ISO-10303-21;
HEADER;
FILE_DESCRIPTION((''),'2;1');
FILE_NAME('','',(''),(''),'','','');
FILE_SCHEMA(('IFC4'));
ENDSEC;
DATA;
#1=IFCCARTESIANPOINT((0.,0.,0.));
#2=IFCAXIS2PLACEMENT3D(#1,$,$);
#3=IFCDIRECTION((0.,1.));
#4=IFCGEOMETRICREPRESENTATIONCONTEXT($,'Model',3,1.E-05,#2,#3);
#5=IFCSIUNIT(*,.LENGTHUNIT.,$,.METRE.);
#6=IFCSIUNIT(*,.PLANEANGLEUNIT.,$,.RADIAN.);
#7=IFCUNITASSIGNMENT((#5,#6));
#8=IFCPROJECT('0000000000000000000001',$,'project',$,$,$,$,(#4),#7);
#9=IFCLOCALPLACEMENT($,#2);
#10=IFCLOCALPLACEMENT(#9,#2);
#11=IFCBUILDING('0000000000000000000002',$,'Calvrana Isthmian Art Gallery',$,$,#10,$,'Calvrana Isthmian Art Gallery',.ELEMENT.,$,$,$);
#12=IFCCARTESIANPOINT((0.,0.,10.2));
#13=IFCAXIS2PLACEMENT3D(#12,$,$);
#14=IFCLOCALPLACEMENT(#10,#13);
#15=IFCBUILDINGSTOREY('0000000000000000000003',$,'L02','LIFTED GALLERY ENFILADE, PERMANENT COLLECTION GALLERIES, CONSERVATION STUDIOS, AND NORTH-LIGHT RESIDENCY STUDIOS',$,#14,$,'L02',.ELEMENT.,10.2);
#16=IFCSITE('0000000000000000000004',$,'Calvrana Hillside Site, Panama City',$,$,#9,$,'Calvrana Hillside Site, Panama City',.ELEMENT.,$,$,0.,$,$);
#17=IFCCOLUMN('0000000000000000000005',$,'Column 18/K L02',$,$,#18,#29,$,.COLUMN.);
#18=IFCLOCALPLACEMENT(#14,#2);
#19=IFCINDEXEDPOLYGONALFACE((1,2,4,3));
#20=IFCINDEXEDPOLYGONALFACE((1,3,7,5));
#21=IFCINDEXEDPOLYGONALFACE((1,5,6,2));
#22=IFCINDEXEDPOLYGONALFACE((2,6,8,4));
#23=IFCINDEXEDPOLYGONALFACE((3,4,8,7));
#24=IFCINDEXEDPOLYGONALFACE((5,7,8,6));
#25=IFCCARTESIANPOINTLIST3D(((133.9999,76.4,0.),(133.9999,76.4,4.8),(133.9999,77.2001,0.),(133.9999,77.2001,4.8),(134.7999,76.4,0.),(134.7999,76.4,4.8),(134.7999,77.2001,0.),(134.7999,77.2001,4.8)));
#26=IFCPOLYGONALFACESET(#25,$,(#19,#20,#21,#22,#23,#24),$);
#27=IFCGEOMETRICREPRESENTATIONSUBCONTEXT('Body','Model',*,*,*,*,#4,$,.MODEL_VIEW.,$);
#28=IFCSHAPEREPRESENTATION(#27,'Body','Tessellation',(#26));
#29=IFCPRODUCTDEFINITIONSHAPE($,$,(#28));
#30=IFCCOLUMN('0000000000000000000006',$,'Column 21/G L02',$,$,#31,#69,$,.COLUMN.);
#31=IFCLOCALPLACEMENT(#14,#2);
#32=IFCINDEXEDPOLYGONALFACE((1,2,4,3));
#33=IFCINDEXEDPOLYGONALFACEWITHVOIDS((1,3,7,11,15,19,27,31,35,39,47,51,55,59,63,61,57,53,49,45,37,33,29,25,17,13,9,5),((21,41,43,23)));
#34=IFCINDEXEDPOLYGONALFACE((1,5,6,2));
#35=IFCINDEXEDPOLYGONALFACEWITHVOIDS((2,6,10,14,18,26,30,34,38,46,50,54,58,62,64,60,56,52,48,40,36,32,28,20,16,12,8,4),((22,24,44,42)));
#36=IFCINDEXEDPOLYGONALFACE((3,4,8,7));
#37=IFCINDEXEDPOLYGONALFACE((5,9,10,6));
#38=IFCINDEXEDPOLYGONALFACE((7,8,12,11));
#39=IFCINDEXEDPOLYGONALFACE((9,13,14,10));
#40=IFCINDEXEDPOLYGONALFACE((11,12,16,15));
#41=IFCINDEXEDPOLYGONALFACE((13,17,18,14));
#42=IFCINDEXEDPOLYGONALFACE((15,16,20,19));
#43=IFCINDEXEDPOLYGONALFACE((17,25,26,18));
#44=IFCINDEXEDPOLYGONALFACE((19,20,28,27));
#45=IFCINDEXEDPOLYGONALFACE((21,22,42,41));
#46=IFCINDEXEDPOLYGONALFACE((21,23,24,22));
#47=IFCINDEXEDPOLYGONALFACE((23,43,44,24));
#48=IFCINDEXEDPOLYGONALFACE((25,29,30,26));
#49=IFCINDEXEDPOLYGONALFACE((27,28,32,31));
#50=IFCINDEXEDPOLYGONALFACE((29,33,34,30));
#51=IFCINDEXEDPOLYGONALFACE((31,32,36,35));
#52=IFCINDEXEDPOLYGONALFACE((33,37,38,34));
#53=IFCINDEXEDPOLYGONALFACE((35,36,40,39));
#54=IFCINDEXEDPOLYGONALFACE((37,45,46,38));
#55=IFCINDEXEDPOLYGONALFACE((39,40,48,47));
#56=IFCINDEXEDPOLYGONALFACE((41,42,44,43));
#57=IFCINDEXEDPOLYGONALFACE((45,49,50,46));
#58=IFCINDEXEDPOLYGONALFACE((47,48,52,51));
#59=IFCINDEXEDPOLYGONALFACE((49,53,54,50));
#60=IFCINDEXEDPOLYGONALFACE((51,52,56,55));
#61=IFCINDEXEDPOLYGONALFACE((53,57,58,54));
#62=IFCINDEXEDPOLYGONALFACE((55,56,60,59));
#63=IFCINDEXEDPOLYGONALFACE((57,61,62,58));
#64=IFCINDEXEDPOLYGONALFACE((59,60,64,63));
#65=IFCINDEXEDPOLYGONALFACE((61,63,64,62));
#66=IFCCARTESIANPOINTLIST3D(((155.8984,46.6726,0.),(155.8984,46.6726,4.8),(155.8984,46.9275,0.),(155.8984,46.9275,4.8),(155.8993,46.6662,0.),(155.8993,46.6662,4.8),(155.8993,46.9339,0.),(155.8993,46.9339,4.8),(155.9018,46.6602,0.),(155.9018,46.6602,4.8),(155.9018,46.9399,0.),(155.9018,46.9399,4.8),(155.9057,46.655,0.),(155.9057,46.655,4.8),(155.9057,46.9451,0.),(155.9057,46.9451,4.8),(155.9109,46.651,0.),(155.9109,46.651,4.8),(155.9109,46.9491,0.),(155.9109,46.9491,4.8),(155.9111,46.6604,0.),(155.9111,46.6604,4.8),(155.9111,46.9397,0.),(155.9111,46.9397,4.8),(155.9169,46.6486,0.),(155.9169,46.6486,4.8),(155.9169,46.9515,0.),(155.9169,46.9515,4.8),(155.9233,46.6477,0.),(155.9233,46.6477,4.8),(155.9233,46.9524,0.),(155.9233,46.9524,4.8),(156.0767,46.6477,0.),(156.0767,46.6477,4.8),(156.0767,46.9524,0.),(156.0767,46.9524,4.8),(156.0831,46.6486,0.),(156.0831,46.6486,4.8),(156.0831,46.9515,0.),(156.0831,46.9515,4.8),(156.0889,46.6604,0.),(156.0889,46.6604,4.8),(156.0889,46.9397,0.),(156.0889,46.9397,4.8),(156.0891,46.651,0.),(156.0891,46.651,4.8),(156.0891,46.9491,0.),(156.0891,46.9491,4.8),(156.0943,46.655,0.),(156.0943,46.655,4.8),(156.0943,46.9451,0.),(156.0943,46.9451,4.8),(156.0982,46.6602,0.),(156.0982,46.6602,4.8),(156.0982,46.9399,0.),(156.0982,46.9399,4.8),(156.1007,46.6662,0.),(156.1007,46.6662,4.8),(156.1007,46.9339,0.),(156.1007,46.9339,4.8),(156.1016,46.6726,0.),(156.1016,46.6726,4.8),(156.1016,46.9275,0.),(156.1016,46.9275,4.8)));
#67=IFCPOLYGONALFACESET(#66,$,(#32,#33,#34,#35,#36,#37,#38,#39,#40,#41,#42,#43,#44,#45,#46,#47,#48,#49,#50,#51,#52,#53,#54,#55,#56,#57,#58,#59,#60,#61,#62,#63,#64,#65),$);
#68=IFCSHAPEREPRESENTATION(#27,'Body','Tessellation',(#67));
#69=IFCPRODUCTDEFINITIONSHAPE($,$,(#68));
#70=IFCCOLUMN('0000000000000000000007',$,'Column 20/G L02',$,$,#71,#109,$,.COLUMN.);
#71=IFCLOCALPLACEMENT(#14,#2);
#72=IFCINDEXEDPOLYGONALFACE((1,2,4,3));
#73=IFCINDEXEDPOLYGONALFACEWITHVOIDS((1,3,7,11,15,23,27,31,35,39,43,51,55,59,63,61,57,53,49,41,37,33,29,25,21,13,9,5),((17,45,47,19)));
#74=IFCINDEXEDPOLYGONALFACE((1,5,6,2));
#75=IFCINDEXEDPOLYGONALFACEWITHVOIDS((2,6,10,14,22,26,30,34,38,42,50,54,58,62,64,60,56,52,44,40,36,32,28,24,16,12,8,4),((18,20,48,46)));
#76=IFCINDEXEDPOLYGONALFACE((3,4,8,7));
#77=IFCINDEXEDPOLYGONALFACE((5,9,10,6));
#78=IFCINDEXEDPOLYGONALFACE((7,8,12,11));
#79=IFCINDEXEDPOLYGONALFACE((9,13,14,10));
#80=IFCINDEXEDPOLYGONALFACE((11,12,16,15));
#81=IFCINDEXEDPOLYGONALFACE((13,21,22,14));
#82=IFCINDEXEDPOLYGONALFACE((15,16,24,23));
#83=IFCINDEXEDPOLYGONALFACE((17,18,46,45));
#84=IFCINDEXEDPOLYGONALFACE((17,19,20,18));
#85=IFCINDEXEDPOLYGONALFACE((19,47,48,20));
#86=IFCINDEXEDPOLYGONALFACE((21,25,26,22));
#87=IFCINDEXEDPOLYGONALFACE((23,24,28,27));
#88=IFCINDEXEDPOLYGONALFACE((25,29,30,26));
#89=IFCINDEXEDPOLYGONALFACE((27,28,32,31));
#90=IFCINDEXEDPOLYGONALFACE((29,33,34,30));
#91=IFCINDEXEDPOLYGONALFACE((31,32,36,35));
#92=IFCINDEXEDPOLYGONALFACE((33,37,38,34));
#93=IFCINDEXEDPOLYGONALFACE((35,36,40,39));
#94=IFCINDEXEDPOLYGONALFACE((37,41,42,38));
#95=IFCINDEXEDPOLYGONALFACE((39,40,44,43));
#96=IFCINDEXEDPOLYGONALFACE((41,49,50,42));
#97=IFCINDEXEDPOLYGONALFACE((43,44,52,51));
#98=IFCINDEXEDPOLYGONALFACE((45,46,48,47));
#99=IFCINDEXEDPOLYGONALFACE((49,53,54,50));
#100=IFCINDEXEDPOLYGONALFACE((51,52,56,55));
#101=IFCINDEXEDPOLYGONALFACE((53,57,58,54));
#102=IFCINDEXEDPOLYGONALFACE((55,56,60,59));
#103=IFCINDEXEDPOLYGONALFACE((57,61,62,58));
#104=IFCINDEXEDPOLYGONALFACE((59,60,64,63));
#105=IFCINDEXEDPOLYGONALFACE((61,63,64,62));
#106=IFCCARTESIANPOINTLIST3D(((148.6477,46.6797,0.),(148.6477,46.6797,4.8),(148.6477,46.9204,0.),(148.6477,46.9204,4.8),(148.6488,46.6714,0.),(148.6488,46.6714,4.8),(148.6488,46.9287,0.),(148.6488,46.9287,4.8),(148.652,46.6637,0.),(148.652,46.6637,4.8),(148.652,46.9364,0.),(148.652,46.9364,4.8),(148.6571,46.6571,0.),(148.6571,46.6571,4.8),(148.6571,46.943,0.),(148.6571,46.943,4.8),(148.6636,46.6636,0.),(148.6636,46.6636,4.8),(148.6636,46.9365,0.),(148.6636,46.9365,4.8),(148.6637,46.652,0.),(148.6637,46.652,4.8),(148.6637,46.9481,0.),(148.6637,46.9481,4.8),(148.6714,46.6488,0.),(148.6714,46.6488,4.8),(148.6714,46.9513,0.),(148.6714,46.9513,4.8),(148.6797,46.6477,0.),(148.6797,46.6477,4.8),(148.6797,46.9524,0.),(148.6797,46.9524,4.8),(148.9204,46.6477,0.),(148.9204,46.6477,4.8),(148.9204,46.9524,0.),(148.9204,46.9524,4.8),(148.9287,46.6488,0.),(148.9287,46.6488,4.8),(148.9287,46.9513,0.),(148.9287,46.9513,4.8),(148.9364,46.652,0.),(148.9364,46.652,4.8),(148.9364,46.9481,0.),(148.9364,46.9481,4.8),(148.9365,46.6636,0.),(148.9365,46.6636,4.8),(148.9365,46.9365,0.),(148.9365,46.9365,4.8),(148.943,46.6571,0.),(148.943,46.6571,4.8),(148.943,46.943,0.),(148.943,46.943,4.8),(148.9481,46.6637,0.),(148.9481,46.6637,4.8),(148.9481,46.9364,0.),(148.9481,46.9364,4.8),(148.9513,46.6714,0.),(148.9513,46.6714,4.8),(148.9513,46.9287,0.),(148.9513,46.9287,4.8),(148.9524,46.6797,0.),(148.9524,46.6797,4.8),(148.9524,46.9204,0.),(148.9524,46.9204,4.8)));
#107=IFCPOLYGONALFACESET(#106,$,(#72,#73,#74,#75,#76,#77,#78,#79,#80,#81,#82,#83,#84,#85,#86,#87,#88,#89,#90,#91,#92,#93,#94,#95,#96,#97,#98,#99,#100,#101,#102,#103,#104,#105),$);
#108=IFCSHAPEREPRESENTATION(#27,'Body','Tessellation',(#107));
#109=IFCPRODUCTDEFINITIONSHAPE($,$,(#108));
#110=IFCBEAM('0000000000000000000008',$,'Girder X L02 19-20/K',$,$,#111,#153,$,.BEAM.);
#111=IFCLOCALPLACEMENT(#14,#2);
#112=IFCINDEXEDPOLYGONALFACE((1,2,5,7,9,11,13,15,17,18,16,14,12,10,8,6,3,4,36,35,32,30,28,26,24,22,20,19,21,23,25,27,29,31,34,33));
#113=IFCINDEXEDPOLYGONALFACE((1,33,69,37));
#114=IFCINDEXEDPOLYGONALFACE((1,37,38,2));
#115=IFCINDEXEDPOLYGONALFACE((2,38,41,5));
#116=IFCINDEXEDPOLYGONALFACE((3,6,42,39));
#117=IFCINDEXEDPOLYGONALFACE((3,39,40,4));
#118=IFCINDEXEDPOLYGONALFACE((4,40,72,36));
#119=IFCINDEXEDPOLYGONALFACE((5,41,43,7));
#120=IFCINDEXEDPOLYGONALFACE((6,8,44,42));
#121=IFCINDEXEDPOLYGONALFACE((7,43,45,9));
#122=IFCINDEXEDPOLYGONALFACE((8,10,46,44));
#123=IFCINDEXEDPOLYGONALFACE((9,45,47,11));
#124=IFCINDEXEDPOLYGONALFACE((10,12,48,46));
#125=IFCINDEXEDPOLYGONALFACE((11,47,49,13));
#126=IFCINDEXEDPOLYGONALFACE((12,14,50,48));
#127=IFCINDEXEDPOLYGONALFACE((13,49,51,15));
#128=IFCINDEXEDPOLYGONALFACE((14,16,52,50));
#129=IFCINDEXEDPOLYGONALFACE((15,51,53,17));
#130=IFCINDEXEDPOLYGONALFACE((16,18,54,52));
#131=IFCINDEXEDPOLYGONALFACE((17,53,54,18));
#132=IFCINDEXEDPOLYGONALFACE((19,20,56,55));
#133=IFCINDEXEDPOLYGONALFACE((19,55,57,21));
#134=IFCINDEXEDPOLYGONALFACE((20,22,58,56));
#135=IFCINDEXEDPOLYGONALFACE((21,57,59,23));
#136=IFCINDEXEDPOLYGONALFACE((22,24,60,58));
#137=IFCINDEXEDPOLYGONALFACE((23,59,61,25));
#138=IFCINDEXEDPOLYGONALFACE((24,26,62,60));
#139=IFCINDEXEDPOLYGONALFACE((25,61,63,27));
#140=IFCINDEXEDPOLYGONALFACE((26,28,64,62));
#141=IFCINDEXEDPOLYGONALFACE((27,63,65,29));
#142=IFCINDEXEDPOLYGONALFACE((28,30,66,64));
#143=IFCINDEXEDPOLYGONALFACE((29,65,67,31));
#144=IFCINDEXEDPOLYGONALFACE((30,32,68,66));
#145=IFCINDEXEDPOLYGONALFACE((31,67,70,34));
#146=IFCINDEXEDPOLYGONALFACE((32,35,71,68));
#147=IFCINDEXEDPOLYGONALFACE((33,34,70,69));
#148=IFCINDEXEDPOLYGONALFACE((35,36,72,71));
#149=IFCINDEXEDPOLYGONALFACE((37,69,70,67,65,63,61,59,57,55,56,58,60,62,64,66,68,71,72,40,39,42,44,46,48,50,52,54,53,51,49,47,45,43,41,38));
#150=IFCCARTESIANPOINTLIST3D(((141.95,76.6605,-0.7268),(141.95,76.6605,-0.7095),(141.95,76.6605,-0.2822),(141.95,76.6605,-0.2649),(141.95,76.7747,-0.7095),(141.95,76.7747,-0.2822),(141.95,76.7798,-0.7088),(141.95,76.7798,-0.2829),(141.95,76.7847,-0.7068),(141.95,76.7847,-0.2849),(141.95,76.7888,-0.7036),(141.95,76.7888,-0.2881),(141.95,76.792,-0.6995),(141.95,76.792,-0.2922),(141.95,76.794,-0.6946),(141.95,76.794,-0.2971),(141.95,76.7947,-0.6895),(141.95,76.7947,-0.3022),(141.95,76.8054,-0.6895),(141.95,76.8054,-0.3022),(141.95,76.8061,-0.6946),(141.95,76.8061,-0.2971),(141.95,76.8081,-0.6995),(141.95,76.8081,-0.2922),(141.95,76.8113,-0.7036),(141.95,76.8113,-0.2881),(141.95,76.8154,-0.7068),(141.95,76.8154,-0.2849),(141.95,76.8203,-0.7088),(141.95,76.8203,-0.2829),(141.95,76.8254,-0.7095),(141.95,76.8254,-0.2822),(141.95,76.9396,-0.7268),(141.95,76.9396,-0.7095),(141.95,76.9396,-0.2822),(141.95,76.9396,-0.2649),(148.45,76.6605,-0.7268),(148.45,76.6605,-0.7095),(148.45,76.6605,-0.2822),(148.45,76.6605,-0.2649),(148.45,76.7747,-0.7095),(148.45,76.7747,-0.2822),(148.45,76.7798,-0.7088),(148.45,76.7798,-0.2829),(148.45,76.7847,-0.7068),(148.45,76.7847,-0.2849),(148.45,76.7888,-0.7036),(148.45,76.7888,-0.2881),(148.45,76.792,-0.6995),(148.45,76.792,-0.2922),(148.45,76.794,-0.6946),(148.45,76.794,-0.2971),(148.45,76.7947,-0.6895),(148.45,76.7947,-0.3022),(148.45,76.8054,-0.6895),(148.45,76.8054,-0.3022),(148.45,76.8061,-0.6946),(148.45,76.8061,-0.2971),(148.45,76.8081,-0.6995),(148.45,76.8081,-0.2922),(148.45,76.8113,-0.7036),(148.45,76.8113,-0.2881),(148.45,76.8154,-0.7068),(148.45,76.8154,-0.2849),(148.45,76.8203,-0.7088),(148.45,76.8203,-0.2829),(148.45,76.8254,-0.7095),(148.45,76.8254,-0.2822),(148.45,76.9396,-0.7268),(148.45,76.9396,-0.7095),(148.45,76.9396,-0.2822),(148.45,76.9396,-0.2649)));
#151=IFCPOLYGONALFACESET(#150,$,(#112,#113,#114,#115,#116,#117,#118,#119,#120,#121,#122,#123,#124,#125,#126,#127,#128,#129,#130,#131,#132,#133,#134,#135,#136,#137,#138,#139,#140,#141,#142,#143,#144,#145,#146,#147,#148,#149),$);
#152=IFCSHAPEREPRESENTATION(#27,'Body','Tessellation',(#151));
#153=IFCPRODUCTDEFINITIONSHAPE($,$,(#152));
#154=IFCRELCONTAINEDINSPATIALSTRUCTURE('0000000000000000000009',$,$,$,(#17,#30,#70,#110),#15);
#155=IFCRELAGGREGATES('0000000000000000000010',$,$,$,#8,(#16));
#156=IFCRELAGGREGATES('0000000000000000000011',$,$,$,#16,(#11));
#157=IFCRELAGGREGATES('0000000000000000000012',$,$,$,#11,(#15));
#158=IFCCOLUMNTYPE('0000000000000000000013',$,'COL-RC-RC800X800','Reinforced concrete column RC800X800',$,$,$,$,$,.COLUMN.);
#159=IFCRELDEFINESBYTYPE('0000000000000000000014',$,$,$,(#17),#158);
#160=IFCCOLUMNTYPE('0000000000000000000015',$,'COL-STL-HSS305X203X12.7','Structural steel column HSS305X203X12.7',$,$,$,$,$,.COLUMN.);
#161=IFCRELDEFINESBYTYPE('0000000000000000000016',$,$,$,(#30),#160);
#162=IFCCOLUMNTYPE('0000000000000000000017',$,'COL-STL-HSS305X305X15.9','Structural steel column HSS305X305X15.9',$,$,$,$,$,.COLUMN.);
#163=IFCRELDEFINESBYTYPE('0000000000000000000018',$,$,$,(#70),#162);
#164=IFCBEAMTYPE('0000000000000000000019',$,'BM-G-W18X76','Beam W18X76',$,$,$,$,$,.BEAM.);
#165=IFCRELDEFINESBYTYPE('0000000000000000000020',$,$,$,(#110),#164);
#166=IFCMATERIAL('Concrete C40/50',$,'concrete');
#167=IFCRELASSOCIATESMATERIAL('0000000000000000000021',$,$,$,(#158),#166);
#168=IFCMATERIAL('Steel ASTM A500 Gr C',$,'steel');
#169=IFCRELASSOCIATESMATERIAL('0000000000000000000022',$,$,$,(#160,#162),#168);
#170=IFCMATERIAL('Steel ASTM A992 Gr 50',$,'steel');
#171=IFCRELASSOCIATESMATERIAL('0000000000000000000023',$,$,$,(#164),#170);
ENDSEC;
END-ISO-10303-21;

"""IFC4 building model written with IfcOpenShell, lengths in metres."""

from ifc_helpers import new_model, si_unit, direction, frame, origin, origin_2d, place, context, subcontext, project, spatial, rectangle, hollow_rectangle, i_section, extrude, material, material_profile, profile_set, type_object, element, save


model = new_model("IFC4")

# Units and contexts
model_context = context("Model", 3, precision=1e-05, world=origin(), true_north=direction((0.0, 1.0)))
body_context = subcontext(model_context, "Body", "Model", "MODEL_VIEW")
ifc_project = project(units=[si_unit("LENGTHUNIT", "METRE"), si_unit("PLANEANGLEUNIT", "RADIAN")], contexts=[model_context])

# Site, building, storey
site_placement = place(None, origin())
site = spatial("IfcSite", under=ifc_project, at=site_placement, Name="Calvrana Hillside Site, Panama City", LongName="Calvrana Hillside Site, Panama City", CompositionType="ELEMENT", RefElevation=0.0)
building_placement = place(site_placement, origin())
building = spatial("IfcBuilding", under=site, at=building_placement, Name="Calvrana Isthmian Art Gallery", LongName="Calvrana Isthmian Art Gallery", CompositionType="ELEMENT")
storey_placement = place(building_placement, frame((0.0, 0.0, 10.2)))
storey = spatial("IfcBuildingStorey", under=building, at=storey_placement, Name="L02", Description="LIFTED GALLERY ENFILADE, PERMANENT COLLECTION GALLERIES, CONSERVATION STUDIOS, AND NORTH-LIGHT RESIDENCY STUDIOS", LongName="L02", CompositionType="ELEMENT", Elevation=10.2)

# Columns
ifc_material_1 = material(Name="Concrete C40/50", Category="concrete")
ifc_material_profile_1 = material_profile(ifc_material_1, rectangle(XDim=0.8, YDim=0.8, at=origin_2d()), Name="RC800X800")
ifc_profile_set_1 = profile_set([ifc_material_profile_1], Name="Concrete C40/50")
column_type_1 = type_object("IfcColumnType", Name="COL-RC-RC800X800", Description="Reinforced concrete column RC800X800", PredefinedType="COLUMN", material=ifc_profile_set_1)
column_1_placement = place(storey_placement, frame((134.3999, 76.8, 0.0), z_axis=(0.0, 0.0, 1.0), x_axis=(1.0, 0.0, 0.0)))
element("IfcColumn", 1, at=column_1_placement, inside=storey, type_object=column_type_1, Name="Column 18/K L02", PredefinedType="COLUMN", context=body_context, shape_type="SweptSolid", body=[
    extrude(rectangle(XDim=0.8, YDim=0.8, at=origin_2d()), origin(), (0.0, 0.0, 1.0), 4.8),
])
ifc_material_2 = material(Name="Steel ASTM A500 Gr C", Category="steel")
ifc_material_profile_2 = material_profile(ifc_material_2, hollow_rectangle(XDim=0.2031, YDim=0.3047, WallThickness=0.0127, OuterFilletRadius=0.0249, at=origin_2d()), Name="HSS305X203X12.7")
ifc_profile_set_2 = profile_set([ifc_material_profile_2], Name="Steel ASTM A500 Gr C")
column_type_2 = type_object("IfcColumnType", Name="COL-STL-HSS305X203X12.7", Description="Structural steel column HSS305X203X12.7", PredefinedType="COLUMN", material=ifc_profile_set_2)
column_2_placement = place(storey_placement, frame((156.0, 46.8, 0.0), z_axis=(0.0, 0.0, 1.0), x_axis=(1.0, 0.0, 0.0)))
element("IfcColumn", 2, at=column_2_placement, inside=storey, type_object=column_type_2, Name="Column 21/G L02", PredefinedType="COLUMN", context=body_context, shape_type="SweptSolid", body=[
    extrude(hollow_rectangle(XDim=0.2031, YDim=0.3047, WallThickness=0.0127, OuterFilletRadius=0.0249, at=origin_2d()), origin(), (0.0, 0.0, 1.0), 4.8),
])
ifc_material_profile_3 = material_profile(ifc_material_2, hollow_rectangle(XDim=0.3047, YDim=0.3047, WallThickness=0.0159, OuterFilletRadius=0.032, at=origin_2d()), Name="HSS305X305X15.9")
ifc_profile_set_3 = profile_set([ifc_material_profile_3], Name="Steel ASTM A500 Gr C")
column_type_3 = type_object("IfcColumnType", Name="COL-STL-HSS305X305X15.9", Description="Structural steel column HSS305X305X15.9", PredefinedType="COLUMN", material=ifc_profile_set_3)
column_3_placement = place(storey_placement, frame((148.8, 46.8, 0.0), z_axis=(0.0, 0.0, 1.0), x_axis=(1.0, 0.0, 0.0)))
element("IfcColumn", 3, at=column_3_placement, inside=storey, type_object=column_type_3, Name="Column 20/G L02", PredefinedType="COLUMN", context=body_context, shape_type="SweptSolid", body=[
    extrude(hollow_rectangle(XDim=0.3047, YDim=0.3047, WallThickness=0.0159, OuterFilletRadius=0.032, at=origin_2d()), origin(), (0.0, 0.0, 1.0), 4.8),
])

# Beam
ifc_material_3 = material(Name="Steel ASTM A992 Gr 50", Category="steel")
ifc_material_profile_4 = material_profile(ifc_material_3, i_section(OverallWidth=0.2791, OverallDepth=0.4619, WebThickness=0.0107, FlangeThickness=0.0173, FilletRadius=0.02, at=origin_2d()), Name="W18X76")
ifc_profile_set_4 = profile_set([ifc_material_profile_4], Name="Steel ASTM A992 Gr 50")
beam_type_1 = type_object("IfcBeamType", Name="BM-G-W18X76", Description="Beam W18X76", PredefinedType="BEAM", material=ifc_profile_set_4)
beam_1_placement = place(storey_placement, frame((141.95, 76.8, -0.4958), z_axis=(1.0, 0.0, 0.0), x_axis=(0.0, 1.0, 0.0)))
element("IfcBeam", 4, at=beam_1_placement, inside=storey, type_object=beam_type_1, Name="Girder X L02 19-20/K", PredefinedType="BEAM", context=body_context, shape_type="SweptSolid", body=[
    extrude(i_section(OverallWidth=0.2791, OverallDepth=0.4619, WebThickness=0.0107, FlangeThickness=0.0173, FilletRadius=0.02, at=origin_2d()), origin(), (0.0, 0.0, 1.0), 6.5),
])

save(model, "model.ifc")
